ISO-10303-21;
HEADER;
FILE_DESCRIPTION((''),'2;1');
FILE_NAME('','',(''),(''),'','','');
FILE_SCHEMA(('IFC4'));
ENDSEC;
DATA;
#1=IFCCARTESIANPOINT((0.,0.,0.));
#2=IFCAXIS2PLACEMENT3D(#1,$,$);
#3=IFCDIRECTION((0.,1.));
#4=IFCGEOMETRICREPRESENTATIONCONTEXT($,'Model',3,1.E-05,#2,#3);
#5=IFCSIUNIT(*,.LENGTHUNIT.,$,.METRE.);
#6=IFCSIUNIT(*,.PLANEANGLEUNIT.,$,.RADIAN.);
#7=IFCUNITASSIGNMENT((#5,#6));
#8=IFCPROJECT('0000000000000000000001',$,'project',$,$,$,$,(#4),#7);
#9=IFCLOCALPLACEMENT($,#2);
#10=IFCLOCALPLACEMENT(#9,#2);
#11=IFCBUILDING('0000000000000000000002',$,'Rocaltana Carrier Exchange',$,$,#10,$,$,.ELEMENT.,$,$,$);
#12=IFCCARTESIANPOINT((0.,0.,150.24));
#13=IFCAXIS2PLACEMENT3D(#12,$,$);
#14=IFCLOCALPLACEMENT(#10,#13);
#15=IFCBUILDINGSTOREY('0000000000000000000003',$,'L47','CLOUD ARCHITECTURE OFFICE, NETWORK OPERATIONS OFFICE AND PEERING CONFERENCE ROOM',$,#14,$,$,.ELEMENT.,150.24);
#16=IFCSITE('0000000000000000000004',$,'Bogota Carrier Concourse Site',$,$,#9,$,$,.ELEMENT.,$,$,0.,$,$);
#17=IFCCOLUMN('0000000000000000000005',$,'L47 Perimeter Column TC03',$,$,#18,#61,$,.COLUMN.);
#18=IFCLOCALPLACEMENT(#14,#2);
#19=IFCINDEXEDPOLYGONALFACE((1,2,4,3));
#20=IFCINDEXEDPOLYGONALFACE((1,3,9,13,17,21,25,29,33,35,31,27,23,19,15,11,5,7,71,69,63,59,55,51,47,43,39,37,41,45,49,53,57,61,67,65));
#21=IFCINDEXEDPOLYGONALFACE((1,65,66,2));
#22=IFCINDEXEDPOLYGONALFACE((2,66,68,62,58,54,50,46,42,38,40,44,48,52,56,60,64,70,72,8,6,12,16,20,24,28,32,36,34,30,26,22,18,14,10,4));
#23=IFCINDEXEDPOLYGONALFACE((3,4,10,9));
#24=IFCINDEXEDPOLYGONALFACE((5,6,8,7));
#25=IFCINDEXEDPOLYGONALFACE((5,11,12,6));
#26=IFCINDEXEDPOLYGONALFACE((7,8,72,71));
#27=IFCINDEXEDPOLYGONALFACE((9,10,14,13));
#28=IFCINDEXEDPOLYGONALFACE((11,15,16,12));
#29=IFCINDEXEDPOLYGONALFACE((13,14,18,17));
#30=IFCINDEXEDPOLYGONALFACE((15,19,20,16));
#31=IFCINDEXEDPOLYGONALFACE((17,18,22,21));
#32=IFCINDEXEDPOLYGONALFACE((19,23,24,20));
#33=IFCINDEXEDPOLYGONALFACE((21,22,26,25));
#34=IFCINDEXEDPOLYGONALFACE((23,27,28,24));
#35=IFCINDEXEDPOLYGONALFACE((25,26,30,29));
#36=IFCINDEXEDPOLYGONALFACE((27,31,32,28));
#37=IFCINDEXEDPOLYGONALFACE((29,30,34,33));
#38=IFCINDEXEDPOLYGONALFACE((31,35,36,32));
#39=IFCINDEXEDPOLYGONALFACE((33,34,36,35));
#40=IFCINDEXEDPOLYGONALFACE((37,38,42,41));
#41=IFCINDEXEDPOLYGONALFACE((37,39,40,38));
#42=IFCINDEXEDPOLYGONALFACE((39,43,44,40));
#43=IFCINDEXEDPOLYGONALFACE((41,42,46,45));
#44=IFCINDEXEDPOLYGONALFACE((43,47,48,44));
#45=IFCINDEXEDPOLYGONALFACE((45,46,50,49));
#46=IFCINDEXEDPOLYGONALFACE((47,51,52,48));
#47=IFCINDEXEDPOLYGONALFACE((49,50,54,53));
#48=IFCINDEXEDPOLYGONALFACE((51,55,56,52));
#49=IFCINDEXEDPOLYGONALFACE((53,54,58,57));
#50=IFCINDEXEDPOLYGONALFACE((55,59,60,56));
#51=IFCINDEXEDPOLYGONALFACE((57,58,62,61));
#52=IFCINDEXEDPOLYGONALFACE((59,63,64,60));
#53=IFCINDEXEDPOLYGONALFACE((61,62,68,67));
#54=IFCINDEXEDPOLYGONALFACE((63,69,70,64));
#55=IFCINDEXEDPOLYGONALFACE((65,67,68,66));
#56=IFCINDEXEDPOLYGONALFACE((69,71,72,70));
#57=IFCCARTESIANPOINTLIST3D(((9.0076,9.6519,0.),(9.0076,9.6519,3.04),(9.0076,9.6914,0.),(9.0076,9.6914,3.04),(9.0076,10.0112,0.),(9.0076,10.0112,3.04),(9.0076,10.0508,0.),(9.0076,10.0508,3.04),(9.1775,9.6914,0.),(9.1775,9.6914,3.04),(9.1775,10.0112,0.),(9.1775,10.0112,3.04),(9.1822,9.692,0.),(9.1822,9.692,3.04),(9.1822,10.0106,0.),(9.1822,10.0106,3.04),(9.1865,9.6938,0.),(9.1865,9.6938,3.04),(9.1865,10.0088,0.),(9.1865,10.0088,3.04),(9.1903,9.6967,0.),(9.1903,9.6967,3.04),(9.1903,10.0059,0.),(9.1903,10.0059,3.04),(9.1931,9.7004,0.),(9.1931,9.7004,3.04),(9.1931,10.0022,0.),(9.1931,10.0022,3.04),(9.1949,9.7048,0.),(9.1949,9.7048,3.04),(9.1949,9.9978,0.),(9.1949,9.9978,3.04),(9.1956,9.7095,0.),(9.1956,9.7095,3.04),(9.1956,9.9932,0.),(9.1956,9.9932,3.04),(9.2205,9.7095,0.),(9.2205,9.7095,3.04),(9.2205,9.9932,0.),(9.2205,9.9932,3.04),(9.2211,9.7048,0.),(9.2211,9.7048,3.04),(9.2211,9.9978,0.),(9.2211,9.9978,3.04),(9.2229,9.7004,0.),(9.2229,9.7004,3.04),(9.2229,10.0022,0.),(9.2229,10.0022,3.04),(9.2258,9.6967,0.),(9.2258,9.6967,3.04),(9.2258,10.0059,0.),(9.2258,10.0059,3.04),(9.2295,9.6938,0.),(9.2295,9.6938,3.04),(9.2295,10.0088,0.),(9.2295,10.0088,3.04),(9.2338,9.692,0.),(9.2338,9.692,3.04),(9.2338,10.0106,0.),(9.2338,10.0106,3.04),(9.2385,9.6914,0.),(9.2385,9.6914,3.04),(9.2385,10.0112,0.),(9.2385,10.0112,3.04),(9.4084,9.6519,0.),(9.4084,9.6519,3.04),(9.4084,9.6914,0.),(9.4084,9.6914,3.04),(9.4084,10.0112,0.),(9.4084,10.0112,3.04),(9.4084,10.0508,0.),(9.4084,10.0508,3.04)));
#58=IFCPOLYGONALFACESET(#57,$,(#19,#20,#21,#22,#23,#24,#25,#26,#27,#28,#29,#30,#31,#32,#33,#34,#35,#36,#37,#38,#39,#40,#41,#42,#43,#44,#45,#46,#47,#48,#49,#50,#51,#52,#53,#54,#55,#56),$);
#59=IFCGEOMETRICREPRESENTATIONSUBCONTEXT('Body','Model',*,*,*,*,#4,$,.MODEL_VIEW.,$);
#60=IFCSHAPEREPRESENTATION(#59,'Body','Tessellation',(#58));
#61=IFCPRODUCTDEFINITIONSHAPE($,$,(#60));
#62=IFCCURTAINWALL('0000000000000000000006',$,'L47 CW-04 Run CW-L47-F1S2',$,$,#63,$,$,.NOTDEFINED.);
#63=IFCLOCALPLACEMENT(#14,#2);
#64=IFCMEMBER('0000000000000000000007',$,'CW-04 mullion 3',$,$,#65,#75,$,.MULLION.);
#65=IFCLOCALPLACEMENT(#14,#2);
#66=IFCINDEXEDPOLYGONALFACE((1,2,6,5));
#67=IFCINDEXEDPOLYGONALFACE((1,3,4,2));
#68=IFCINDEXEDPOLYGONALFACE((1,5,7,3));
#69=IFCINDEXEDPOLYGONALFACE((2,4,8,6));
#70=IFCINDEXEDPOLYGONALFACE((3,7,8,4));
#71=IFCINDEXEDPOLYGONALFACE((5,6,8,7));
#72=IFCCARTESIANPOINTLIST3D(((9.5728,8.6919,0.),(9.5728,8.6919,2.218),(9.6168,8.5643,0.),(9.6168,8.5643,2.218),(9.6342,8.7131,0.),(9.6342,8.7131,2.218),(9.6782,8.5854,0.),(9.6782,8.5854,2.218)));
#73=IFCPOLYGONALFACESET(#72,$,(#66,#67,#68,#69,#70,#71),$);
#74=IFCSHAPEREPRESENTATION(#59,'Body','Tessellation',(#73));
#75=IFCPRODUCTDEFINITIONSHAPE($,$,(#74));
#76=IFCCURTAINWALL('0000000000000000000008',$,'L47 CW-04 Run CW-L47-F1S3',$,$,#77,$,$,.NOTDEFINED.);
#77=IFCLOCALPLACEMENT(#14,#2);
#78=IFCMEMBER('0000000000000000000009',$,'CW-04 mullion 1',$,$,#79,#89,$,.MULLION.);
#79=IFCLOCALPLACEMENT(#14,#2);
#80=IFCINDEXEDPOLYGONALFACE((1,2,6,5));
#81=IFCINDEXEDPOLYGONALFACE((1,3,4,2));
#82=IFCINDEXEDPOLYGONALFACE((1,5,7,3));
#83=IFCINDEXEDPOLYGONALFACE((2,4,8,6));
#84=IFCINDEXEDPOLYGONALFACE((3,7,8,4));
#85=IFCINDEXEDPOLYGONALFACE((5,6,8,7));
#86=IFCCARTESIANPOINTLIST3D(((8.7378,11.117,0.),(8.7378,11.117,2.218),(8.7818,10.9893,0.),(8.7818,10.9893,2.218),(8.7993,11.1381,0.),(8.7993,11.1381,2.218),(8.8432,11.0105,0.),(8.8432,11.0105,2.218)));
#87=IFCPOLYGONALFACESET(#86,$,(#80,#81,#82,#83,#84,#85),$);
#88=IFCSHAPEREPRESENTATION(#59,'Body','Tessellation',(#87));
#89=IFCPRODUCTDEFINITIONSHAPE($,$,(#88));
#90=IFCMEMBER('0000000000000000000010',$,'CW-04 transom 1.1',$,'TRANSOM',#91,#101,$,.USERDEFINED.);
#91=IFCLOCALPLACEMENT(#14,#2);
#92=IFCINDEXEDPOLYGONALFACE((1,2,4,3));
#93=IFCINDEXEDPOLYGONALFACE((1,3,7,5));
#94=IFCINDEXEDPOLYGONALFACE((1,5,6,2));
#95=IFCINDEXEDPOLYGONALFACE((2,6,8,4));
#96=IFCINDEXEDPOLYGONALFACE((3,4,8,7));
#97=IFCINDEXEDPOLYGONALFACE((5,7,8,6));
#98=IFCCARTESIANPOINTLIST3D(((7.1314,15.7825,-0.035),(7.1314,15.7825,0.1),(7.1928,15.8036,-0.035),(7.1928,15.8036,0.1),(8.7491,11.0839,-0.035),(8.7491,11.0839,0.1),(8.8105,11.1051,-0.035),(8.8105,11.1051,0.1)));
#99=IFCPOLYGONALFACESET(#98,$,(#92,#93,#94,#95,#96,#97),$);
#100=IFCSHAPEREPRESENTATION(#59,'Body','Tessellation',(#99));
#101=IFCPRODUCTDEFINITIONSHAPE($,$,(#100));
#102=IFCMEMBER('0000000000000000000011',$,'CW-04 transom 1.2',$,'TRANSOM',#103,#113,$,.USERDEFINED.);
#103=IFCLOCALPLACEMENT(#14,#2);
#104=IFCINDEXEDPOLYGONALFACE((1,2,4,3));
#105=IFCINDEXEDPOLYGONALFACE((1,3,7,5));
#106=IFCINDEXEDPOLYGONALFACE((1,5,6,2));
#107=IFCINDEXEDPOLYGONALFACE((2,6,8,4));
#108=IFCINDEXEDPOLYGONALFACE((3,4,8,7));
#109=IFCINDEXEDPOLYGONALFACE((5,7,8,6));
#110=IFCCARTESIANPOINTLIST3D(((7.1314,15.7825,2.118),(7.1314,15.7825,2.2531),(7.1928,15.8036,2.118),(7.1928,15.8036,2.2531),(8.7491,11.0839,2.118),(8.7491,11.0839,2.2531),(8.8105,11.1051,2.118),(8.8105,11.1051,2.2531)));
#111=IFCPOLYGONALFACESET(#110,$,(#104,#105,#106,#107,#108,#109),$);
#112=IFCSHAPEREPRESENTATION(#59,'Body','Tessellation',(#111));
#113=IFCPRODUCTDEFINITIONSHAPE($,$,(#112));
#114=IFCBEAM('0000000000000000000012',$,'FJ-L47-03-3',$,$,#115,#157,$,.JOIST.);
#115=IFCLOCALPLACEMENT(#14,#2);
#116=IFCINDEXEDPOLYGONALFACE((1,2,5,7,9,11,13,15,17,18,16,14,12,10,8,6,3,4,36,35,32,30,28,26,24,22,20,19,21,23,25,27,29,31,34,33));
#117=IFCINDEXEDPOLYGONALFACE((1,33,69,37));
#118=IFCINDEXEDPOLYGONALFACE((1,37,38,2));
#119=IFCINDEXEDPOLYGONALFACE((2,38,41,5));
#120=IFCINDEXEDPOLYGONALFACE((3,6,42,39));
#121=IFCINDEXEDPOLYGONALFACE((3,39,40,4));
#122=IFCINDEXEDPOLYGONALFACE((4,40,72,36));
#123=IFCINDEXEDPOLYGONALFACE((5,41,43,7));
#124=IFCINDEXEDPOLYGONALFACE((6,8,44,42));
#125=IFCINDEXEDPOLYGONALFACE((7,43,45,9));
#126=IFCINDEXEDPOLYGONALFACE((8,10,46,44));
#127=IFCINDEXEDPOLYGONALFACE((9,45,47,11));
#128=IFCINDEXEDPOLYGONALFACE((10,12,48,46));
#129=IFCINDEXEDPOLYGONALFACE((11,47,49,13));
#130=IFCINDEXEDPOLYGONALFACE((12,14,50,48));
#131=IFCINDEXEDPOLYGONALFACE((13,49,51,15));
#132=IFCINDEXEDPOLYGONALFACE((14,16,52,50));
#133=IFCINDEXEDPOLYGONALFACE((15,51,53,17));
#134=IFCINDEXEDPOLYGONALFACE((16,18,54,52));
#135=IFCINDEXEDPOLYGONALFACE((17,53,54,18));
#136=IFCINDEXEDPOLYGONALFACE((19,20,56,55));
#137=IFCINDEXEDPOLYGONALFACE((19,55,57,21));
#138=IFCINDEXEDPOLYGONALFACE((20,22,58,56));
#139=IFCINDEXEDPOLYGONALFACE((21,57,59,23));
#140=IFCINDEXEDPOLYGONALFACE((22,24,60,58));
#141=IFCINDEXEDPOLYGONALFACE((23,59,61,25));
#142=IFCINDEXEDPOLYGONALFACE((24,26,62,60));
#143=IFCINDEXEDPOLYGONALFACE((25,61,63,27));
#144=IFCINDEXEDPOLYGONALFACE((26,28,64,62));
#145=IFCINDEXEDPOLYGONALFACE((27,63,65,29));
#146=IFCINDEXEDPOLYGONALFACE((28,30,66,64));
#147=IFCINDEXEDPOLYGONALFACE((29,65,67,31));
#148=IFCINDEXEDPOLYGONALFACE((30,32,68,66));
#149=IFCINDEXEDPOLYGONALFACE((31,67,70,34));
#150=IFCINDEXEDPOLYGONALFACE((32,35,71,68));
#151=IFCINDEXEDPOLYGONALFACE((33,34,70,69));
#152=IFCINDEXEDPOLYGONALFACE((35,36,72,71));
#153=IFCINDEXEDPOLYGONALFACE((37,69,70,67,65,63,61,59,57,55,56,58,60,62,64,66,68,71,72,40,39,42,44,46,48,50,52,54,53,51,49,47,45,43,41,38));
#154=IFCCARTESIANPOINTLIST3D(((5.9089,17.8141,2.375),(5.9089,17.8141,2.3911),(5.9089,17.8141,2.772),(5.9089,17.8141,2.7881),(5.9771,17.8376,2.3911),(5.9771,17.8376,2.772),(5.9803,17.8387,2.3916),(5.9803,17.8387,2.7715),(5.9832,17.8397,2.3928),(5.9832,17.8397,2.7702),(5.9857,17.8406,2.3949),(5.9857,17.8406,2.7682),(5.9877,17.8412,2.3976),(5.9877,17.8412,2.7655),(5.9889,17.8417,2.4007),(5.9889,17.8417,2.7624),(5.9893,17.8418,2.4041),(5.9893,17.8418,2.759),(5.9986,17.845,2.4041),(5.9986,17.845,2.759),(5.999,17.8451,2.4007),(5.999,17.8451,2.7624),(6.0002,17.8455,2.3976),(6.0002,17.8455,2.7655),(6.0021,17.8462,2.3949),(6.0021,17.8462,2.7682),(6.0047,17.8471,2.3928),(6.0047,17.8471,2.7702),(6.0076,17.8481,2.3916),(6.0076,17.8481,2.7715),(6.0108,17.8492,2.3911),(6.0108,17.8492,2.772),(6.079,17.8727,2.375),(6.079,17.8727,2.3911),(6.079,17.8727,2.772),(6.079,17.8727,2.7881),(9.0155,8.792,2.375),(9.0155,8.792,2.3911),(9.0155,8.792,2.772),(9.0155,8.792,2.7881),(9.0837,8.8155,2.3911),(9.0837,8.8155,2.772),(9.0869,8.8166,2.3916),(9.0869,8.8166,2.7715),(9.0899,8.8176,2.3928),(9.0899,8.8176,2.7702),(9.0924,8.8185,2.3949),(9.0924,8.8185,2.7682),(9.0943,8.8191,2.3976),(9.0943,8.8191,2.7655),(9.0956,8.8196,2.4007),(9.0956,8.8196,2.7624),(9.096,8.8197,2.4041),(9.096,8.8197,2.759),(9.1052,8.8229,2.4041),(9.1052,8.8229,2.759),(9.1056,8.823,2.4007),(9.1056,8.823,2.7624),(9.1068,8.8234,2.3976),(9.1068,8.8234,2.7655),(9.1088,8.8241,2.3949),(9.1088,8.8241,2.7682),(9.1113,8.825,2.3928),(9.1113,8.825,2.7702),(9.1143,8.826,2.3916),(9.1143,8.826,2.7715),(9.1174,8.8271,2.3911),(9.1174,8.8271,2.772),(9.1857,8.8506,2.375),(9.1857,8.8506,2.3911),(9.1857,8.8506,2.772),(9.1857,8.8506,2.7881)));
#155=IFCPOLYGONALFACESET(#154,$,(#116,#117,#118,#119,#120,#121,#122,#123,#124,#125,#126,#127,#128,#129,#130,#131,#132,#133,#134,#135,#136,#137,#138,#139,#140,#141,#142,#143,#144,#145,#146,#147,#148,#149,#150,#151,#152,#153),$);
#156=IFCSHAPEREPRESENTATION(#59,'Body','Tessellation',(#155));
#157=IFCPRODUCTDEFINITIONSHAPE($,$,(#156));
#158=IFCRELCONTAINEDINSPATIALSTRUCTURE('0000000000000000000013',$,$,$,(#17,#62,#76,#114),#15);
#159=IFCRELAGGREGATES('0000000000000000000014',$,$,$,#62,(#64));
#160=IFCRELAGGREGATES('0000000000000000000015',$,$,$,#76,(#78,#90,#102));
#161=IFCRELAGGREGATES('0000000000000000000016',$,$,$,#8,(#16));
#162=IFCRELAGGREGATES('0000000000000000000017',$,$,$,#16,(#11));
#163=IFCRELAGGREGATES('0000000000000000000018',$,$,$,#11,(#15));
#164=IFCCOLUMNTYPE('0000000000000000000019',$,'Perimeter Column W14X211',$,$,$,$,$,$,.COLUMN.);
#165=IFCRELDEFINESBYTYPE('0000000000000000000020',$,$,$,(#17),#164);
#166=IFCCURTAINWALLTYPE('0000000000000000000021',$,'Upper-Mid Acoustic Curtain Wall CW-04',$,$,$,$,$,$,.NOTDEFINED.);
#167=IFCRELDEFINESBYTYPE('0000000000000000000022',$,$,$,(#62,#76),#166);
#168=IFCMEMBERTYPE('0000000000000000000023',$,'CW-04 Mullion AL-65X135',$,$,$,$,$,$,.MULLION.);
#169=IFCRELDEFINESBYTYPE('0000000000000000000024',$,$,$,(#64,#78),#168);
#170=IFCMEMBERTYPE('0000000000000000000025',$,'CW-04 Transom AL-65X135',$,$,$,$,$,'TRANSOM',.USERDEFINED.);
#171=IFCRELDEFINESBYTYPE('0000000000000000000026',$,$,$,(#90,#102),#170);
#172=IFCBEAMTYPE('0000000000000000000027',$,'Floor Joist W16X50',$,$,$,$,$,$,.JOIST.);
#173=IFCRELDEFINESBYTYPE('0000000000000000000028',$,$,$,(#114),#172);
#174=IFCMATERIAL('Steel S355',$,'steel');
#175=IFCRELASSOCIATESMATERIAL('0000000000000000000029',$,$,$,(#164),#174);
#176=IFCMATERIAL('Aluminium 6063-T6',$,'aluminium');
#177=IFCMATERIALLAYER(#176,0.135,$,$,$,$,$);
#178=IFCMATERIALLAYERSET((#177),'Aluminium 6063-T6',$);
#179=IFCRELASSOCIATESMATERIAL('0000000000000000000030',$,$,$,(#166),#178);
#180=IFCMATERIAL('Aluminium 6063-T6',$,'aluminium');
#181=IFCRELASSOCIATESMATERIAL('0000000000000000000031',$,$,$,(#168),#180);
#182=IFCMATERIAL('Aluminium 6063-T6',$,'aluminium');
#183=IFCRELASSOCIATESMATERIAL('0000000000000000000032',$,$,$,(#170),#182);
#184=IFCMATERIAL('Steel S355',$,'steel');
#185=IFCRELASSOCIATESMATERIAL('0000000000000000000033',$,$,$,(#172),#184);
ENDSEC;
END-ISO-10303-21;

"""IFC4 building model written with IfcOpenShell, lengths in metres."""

from ifc_helpers import new_model, si_unit, direction, frame, origin, origin_2d, place, context, subcontext, project, spatial, rectangle, i_section, extrude, material, layer, layer_set, material_profile, profile_set, type_object, element, aggregate, save


model = new_model("IFC4")

# Units and contexts
model_context = context("Model", 3, precision=1e-05, world=origin(), true_north=direction((0.0, 1.0)))
body_context = subcontext(model_context, "Body", "Model", "MODEL_VIEW")
ifc_project = project(units=[si_unit("LENGTHUNIT", "METRE"), si_unit("PLANEANGLEUNIT", "RADIAN")], contexts=[model_context])

# Site, building, storey
site_placement = place(None, origin())
site = spatial("IfcSite", under=ifc_project, at=site_placement, Name="Bogota Carrier Concourse Site", CompositionType="ELEMENT", RefElevation=0.0)
building_placement = place(site_placement, origin())
building = spatial("IfcBuilding", under=site, at=building_placement, Name="Rocaltana Carrier Exchange", CompositionType="ELEMENT")
storey_placement = place(building_placement, frame((0.0, 0.0, 150.24)))
storey = spatial("IfcBuildingStorey", under=building, at=storey_placement, Name="L47", Description="CLOUD ARCHITECTURE OFFICE, NETWORK OPERATIONS OFFICE AND PEERING CONFERENCE ROOM", CompositionType="ELEMENT", Elevation=150.24)

# Column
ifc_material_1 = material(Name="Steel S355", Category="steel")
ifc_material_profile_1 = material_profile(ifc_material_1, i_section(OverallWidth=0.4009, OverallDepth=0.3989, WebThickness=0.0249, FlangeThickness=0.0396, FilletRadius=0.0181, at=origin_2d()), Name="W14X211")
ifc_profile_set_1 = profile_set([ifc_material_profile_1], Name="Steel S355")
column_type = type_object("IfcColumnType", Name="Perimeter Column W14X211", PredefinedType="COLUMN", material=ifc_profile_set_1)
column_placement = place(storey_placement, frame((9.208, 9.8513, 0.0), z_axis=(0.0, 0.0, 1.0), x_axis=(1.0, 0.0, 0.0)))
element("IfcColumn", 1, at=column_placement, inside=storey, type_object=column_type, Name="L47 Perimeter Column TC03", PredefinedType="COLUMN", context=body_context, shape_type="SweptSolid", body=[
    extrude(i_section(OverallWidth=0.4009, OverallDepth=0.3989, WebThickness=0.0249, FlangeThickness=0.0396, FilletRadius=0.0181, at=origin_2d()), origin(), (0.0, 0.0, 1.0), 3.04),
])

# Curtain wall, member
ifc_material_2 = material(Name="Aluminium 6063-T6", Category="aluminium")
ifc_layer_1 = layer(ifc_material_2, 0.135)
ifc_layer_set_1 = layer_set([ifc_layer_1], Name="Aluminium 6063-T6")
curtain_wall_type = type_object("IfcCurtainWallType", Name="Upper-Mid Acoustic Curtain Wall CW-04", PredefinedType="NOTDEFINED", material=ifc_layer_set_1)
curtain_wall_1_placement = place(storey_placement, origin())
curtain_wall_1 = element("IfcCurtainWall", 2, at=curtain_wall_1_placement, inside=storey, type_object=curtain_wall_type, Name="L47 CW-04 Run CW-L47-F1S2", PredefinedType="NOTDEFINED")
ifc_material_3 = material(Name="Aluminium 6063-T6", Category="aluminium")
ifc_material_profile_2 = material_profile(ifc_material_3, rectangle(XDim=0.0649, YDim=0.135, at=origin_2d()), Name="AL-65X135")
ifc_profile_set_2 = profile_set([ifc_material_profile_2], Name="Aluminium 6063-T6")
member_type_1 = type_object("IfcMemberType", Name="CW-04 Mullion AL-65X135", PredefinedType="MULLION", material=ifc_profile_set_2)
member_1_placement = place(storey_placement, frame((9.6255, 8.6387, 0.0), z_axis=(0.0, 0.0, 1.0), x_axis=(-0.945521, -0.325562, 0.0)))
member_1 = element("IfcMember", 3, at=member_1_placement, type_object=member_type_1, Name="CW-04 mullion 3", PredefinedType="MULLION", context=body_context, shape_type="SweptSolid", body=[
    extrude(rectangle(XDim=0.0649, YDim=0.135, at=origin_2d()), origin(), (0.0, 0.0, 1.0), 2.218),
])

# Curtain wall, members
curtain_wall_2_placement = place(storey_placement, origin())
curtain_wall_2 = element("IfcCurtainWall", 4, at=curtain_wall_2_placement, inside=storey, type_object=curtain_wall_type, Name="L47 CW-04 Run CW-L47-F1S3", PredefinedType="NOTDEFINED")
member_2_placement = place(storey_placement, frame((8.7905, 11.0637, 0.0), z_axis=(0.0, 0.0, 1.0), x_axis=(-0.945522, -0.325559, 0.0)))
member_2 = element("IfcMember", 5, at=member_2_placement, type_object=member_type_1, Name="CW-04 mullion 1", PredefinedType="MULLION", context=body_context, shape_type="SweptSolid", body=[
    extrude(rectangle(XDim=0.0649, YDim=0.135, at=origin_2d()), origin(), (0.0, 0.0, 1.0), 2.218),
])
ifc_material_4 = material(Name="Aluminium 6063-T6", Category="aluminium")
ifc_material_profile_3 = material_profile(ifc_material_4, rectangle(XDim=0.0649, YDim=0.135, at=origin_2d()), Name="AL-65X135")
ifc_profile_set_3 = profile_set([ifc_material_profile_3], Name="Aluminium 6063-T6")
member_type_2 = type_object("IfcMemberType", Name="CW-04 Transom AL-65X135", ElementType="TRANSOM", PredefinedType="USERDEFINED", material=ifc_profile_set_3)
member_3_placement = place(storey_placement, frame((8.7798, 11.0945, 0.0325), z_axis=(-0.325542, 0.945527, 0.0), x_axis=(-0.945527, -0.325542, 0.0)))
member_3 = element("IfcMember", 6, at=member_3_placement, type_object=member_type_2, Name="CW-04 transom 1.1", ObjectType="TRANSOM", PredefinedType="USERDEFINED", context=body_context, shape_type="SweptSolid", body=[
    extrude(rectangle(XDim=0.0649, YDim=0.135, at=origin_2d()), origin(), (0.0, 0.0, 1.0), 4.9692),
])
member_4_placement = place(storey_placement, frame((8.7798, 11.0945, 2.1855), z_axis=(-0.325542, 0.945527, 0.0), x_axis=(-0.945527, -0.325542, 0.0)))
member_4 = element("IfcMember", 7, at=member_4_placement, type_object=member_type_2, Name="CW-04 transom 1.2", ObjectType="TRANSOM", PredefinedType="USERDEFINED", context=body_context, shape_type="SweptSolid", body=[
    extrude(rectangle(XDim=0.0649, YDim=0.135, at=origin_2d()), origin(), (0.0, 0.0, 1.0), 4.9692),
])

# Beam
ifc_material_5 = material(Name="Steel S355", Category="steel")
ifc_material_profile_4 = material_profile(ifc_material_5, i_section(OverallWidth=0.1799, OverallDepth=0.4131, WebThickness=0.0098, FlangeThickness=0.0161, FilletRadius=0.0129, at=origin_2d()), Name="W16X50")
ifc_profile_set_4 = profile_set([ifc_material_profile_4], Name="Steel S355")
beam_type_1 = type_object("IfcBeamType", Name="Floor Joist W16X50", PredefinedType="JOIST", material=ifc_profile_set_4)
beam_1_placement = place(storey_placement, frame((9.1006, 8.8213, 2.5815), z_axis=(-0.325577, 0.945516, 0.0), x_axis=(-0.945516, -0.325577, 0.0)))
element("IfcBeam", 8, at=beam_1_placement, inside=storey, type_object=beam_type_1, Name="FJ-L47-03-3", PredefinedType="JOIST", context=body_context, shape_type="SweptSolid", body=[
    extrude(i_section(OverallWidth=0.1799, OverallDepth=0.4131, WebThickness=0.0098, FlangeThickness=0.0161, FilletRadius=0.0129, at=origin_2d()), origin(), (0.0, 0.0, 1.0), 9.542),
])

aggregate(curtain_wall_1, [member_1])
aggregate(curtain_wall_2, [member_2, member_3, member_4])

save(model, "model.ifc")
